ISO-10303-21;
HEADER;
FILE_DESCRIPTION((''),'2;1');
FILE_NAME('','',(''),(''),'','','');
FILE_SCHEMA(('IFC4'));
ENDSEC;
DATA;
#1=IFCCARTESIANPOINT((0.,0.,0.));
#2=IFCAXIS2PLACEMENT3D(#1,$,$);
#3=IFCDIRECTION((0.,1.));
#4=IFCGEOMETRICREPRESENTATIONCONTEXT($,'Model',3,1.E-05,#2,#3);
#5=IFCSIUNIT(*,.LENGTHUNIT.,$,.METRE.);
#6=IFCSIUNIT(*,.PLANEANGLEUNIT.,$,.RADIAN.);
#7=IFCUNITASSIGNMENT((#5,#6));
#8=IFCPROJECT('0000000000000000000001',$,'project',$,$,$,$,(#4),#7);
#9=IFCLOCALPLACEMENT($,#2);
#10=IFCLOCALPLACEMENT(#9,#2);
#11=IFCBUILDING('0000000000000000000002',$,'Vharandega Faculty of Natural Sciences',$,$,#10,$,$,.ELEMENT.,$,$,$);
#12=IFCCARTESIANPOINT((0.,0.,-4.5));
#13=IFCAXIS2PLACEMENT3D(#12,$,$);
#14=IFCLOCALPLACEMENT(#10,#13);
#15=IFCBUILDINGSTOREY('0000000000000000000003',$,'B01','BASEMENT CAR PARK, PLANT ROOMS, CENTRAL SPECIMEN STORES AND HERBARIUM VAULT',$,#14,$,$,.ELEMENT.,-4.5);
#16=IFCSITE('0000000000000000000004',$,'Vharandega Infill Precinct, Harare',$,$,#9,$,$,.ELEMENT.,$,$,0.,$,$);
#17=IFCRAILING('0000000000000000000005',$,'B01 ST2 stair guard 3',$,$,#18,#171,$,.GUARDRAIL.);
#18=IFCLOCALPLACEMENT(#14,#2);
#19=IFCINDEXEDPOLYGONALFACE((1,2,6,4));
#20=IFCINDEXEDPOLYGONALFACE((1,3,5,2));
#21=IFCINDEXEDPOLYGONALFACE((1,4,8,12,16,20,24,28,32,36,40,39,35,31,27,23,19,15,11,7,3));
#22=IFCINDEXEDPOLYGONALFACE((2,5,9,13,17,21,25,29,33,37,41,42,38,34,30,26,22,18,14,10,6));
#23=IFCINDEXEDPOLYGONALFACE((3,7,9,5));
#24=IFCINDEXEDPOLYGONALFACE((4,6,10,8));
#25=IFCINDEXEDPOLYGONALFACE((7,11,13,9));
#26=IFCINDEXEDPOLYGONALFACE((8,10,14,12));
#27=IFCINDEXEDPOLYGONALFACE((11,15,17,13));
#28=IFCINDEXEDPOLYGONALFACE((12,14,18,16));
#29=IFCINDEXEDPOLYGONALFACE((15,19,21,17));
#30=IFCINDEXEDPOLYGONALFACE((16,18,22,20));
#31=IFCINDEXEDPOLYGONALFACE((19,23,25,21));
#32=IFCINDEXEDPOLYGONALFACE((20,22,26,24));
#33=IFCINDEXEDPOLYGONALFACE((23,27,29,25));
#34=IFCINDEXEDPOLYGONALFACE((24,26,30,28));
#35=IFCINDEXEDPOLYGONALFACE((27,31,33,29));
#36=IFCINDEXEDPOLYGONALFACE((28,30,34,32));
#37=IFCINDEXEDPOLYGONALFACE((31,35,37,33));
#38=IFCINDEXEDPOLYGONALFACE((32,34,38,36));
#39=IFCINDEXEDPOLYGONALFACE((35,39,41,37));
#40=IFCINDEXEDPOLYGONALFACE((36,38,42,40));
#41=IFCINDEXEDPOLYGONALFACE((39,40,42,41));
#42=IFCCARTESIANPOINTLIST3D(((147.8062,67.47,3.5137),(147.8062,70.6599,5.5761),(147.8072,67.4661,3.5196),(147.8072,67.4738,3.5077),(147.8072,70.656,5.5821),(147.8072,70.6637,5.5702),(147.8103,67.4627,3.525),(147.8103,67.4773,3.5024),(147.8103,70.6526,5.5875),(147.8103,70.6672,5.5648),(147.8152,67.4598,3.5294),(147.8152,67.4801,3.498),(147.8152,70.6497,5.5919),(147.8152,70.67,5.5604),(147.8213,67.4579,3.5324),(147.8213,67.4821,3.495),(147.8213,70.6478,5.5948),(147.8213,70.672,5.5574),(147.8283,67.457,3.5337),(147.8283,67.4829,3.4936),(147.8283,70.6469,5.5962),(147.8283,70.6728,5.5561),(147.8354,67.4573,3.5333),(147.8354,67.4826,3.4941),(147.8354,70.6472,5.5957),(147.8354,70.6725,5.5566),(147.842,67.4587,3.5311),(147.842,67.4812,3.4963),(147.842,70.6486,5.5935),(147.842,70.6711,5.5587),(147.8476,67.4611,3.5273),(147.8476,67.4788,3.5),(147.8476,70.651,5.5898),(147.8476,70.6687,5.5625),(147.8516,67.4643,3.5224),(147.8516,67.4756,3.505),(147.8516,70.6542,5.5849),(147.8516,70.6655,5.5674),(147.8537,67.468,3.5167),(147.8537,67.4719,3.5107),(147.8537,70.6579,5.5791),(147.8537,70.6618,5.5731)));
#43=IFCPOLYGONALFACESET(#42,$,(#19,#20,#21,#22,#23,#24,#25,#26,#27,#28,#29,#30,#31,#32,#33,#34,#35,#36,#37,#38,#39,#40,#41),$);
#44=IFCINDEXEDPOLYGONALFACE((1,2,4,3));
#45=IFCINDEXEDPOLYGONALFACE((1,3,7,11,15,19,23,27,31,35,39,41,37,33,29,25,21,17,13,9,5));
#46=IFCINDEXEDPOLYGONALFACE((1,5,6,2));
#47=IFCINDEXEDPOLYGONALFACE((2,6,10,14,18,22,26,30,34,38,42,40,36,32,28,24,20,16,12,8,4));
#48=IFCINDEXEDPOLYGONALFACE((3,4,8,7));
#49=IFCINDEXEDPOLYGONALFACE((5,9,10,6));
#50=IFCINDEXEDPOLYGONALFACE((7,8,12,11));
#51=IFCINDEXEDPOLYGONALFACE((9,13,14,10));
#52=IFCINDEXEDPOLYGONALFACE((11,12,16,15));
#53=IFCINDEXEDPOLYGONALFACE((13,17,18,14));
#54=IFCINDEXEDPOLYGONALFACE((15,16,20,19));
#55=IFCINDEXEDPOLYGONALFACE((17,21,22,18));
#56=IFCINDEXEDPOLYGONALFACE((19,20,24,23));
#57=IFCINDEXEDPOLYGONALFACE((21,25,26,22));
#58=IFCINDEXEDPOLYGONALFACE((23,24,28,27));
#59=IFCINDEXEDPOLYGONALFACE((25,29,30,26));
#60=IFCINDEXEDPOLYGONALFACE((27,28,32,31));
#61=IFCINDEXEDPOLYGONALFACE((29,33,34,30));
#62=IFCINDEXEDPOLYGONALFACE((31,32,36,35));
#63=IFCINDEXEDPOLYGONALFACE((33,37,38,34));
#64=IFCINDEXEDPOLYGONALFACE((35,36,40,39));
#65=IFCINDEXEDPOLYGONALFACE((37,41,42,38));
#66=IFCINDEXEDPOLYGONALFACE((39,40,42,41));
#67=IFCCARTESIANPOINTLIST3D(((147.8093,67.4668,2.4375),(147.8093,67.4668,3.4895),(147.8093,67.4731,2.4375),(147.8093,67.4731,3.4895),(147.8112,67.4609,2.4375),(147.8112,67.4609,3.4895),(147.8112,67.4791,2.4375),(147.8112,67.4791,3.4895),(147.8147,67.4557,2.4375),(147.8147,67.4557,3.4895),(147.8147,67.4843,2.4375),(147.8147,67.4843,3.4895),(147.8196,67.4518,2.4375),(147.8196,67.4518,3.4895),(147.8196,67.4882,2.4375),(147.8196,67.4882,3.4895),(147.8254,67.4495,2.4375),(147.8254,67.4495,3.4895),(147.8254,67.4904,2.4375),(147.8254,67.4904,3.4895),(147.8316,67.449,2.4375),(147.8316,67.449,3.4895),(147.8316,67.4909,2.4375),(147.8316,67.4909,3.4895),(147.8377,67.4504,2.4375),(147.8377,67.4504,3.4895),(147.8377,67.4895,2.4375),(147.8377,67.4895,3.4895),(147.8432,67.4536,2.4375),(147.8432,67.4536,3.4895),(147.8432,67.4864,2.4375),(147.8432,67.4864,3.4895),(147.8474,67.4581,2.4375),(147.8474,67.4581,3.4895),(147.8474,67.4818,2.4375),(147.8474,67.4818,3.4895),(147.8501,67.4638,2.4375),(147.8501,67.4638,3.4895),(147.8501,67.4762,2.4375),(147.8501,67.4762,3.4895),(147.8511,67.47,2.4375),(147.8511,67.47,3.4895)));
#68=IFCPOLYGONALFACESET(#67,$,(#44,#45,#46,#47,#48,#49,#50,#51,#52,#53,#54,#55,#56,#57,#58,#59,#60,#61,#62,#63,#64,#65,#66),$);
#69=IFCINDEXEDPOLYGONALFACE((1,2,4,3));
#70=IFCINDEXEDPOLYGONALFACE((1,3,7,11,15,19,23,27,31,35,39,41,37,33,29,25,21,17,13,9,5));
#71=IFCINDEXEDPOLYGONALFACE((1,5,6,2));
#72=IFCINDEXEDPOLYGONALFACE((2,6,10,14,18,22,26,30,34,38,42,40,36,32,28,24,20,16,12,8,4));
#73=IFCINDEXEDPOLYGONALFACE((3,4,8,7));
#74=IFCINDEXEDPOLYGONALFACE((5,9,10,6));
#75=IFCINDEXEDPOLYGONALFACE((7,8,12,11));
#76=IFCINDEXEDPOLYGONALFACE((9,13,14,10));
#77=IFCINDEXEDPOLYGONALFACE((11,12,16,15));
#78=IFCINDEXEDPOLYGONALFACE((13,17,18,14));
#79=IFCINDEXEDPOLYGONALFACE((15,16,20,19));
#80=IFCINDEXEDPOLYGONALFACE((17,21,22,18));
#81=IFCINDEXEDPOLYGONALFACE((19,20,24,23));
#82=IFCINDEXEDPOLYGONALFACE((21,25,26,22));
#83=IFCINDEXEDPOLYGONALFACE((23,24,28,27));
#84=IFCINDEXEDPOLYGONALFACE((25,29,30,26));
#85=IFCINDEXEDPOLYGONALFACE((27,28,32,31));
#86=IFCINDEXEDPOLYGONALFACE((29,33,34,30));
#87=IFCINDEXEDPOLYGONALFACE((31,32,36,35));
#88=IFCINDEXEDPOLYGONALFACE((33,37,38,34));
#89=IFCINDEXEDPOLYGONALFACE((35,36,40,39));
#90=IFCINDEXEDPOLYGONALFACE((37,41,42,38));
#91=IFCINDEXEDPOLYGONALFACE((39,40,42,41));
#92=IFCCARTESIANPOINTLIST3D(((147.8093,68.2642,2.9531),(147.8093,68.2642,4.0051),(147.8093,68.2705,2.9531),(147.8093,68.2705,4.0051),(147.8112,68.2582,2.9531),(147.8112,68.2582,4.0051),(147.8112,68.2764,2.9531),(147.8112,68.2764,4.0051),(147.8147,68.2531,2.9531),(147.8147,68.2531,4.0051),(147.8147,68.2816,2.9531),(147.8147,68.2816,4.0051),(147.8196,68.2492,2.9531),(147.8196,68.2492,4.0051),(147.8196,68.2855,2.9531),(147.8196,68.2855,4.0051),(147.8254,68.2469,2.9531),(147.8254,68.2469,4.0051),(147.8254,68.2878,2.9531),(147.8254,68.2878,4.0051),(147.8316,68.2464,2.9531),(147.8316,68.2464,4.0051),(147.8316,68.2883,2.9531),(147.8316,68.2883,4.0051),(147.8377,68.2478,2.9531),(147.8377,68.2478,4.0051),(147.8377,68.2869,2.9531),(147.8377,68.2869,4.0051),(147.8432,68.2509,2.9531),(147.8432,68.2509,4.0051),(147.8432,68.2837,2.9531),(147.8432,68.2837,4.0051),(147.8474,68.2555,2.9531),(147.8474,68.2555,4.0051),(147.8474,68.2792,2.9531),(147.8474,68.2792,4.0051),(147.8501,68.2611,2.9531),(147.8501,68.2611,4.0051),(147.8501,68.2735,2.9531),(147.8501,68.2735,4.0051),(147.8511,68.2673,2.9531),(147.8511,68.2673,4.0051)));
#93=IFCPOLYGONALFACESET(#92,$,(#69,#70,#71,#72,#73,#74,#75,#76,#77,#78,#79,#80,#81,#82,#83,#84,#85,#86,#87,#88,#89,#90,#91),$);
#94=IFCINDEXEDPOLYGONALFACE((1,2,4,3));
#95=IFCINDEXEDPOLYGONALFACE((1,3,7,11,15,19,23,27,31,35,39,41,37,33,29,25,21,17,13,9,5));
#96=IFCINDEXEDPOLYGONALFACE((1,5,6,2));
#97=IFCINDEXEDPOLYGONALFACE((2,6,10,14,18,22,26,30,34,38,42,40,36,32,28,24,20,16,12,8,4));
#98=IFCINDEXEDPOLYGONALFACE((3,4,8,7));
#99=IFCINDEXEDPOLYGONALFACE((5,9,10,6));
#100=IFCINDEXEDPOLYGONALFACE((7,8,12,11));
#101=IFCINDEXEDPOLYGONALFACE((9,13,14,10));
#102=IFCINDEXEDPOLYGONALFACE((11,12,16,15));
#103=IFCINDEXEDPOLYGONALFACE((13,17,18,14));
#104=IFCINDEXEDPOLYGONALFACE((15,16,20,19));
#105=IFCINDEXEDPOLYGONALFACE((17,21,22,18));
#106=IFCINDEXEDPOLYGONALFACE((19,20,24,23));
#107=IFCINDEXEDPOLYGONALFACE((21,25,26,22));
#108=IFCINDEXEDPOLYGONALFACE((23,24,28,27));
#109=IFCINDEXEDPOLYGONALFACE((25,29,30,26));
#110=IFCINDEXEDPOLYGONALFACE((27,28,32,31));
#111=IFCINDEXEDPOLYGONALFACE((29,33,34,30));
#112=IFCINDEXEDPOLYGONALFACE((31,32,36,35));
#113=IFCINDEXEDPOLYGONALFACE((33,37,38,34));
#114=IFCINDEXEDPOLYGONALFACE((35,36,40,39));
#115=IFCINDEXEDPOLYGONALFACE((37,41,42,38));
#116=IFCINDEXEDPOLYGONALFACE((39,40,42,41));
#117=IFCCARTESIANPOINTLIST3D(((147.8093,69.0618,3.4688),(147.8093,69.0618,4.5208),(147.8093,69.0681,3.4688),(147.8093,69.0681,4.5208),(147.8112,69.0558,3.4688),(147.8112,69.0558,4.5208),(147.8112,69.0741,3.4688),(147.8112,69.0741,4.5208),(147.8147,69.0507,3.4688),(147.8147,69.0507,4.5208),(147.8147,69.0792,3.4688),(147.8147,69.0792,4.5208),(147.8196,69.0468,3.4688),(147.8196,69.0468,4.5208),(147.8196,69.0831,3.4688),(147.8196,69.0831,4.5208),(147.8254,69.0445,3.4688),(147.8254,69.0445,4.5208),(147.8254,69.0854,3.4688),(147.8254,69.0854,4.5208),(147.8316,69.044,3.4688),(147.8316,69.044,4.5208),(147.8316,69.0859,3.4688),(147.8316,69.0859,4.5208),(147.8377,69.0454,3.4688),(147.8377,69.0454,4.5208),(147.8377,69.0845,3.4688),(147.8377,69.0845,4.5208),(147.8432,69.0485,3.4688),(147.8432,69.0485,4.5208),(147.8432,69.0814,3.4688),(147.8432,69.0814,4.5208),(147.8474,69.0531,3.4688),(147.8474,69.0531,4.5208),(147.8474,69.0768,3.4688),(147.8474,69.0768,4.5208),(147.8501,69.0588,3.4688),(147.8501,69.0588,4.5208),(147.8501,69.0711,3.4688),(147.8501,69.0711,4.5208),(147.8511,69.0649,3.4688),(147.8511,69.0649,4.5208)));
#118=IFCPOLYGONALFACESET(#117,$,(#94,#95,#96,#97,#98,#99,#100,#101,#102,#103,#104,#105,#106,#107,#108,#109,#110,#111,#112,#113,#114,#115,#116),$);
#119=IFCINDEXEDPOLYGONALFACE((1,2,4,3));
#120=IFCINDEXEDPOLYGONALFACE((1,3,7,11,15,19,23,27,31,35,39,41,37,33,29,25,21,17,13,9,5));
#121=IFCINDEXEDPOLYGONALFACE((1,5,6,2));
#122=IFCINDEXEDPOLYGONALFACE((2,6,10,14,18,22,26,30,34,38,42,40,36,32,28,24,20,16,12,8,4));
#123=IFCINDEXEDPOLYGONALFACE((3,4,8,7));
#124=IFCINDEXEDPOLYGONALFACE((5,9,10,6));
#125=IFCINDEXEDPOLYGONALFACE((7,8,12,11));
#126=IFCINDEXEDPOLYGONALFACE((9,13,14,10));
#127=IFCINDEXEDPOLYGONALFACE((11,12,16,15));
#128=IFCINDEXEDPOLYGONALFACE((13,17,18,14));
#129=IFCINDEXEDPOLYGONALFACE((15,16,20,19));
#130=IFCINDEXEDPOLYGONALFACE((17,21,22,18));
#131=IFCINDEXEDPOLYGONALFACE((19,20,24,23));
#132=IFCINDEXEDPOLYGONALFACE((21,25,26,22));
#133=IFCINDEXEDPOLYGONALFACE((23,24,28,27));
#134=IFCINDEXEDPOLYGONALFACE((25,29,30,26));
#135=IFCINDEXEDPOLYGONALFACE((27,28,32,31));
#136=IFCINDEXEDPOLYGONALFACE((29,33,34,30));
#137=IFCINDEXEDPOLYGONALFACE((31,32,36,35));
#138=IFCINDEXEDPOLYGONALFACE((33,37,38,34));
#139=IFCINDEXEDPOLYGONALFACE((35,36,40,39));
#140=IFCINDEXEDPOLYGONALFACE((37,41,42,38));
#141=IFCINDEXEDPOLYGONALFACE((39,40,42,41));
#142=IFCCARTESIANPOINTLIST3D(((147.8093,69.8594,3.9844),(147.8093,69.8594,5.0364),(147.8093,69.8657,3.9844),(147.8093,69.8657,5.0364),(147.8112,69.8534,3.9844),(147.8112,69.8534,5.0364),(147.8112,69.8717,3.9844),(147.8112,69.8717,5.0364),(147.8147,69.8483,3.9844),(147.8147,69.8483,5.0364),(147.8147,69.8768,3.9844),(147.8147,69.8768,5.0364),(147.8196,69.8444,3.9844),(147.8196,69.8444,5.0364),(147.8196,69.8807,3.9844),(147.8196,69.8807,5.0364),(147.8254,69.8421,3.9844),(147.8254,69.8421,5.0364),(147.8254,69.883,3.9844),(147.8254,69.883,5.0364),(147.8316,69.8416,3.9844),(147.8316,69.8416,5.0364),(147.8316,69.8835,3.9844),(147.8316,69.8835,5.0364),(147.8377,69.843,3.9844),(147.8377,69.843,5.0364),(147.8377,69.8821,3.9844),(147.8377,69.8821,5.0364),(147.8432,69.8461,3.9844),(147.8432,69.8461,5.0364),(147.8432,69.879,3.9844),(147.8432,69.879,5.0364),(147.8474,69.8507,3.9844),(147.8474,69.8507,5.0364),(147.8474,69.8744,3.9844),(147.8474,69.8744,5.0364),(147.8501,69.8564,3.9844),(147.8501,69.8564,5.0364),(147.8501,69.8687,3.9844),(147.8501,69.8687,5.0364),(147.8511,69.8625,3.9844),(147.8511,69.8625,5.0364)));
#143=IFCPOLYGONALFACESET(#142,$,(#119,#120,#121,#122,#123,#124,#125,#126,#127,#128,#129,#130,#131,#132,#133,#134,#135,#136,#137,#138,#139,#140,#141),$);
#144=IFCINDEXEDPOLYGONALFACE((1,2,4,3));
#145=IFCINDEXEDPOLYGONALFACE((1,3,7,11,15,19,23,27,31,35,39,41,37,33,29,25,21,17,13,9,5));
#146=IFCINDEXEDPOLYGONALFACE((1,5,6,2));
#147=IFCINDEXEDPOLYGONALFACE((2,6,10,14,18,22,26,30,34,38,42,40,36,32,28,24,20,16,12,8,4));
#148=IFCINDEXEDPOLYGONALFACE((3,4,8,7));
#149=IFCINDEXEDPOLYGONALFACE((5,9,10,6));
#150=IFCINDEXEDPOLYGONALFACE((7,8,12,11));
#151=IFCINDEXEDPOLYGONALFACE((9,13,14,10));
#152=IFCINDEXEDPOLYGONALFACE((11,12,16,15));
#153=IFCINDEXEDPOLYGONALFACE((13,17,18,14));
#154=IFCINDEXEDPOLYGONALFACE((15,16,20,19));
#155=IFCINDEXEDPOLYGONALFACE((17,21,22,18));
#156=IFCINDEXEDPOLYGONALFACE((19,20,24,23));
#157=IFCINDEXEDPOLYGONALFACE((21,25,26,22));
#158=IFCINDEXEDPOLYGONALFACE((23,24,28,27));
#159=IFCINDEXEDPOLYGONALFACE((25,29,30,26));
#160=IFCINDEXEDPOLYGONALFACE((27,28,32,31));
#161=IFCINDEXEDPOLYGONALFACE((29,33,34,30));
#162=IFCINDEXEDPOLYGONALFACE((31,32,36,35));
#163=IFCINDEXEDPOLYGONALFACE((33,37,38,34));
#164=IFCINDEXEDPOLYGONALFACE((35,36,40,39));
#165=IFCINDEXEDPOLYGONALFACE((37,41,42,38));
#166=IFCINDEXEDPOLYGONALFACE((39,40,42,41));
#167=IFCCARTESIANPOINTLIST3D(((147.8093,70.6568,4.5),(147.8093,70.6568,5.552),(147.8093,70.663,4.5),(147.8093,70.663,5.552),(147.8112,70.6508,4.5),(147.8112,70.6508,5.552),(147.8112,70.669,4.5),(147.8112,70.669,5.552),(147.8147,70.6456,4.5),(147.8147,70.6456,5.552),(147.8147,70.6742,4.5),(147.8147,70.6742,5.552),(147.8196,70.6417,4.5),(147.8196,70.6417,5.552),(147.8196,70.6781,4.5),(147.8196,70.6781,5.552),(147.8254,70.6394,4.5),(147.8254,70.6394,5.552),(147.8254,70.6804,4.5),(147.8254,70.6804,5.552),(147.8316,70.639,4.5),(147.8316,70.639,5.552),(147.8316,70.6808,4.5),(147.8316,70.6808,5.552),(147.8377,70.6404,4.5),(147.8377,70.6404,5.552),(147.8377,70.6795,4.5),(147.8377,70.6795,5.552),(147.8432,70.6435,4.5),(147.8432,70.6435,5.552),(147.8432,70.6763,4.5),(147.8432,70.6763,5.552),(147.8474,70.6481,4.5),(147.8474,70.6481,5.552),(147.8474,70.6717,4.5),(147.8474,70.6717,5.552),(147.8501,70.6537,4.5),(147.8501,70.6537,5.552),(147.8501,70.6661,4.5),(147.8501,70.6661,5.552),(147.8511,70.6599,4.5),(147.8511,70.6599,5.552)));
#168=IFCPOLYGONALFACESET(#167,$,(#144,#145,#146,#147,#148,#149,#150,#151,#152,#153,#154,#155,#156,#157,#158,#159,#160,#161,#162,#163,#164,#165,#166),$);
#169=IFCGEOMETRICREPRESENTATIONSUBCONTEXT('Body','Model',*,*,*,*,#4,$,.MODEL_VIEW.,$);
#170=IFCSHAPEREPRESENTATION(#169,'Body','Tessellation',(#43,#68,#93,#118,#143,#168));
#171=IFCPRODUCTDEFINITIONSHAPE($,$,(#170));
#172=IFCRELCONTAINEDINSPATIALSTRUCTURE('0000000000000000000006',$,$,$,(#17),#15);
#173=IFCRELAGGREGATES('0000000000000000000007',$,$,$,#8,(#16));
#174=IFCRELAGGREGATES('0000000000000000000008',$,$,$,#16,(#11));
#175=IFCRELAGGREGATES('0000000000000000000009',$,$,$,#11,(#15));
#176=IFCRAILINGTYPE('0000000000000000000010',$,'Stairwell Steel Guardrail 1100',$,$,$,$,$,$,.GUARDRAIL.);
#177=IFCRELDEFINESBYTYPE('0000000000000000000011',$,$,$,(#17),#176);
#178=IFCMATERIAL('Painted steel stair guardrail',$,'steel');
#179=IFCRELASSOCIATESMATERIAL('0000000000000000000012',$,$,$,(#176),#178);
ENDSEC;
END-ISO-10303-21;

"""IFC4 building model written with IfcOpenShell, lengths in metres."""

from ifc_helpers import new_model, si_unit, direction, frame, origin, origin_2d, place, context, subcontext, project, spatial, circle, extrude, material, type_object, element, save


model = new_model("IFC4")

# Units and contexts
model_context = context("Model", 3, precision=1e-05, world=origin(), true_north=direction((0.0, 1.0)))
body_context = subcontext(model_context, "Body", "Model", "MODEL_VIEW")
ifc_project = project(units=[si_unit("LENGTHUNIT", "METRE"), si_unit("PLANEANGLEUNIT", "RADIAN")], contexts=[model_context])

# Site, building, storey
site_placement = place(None, origin())
site = spatial("IfcSite", under=ifc_project, at=site_placement, Name="Vharandega Infill Precinct, Harare", CompositionType="ELEMENT", RefElevation=0.0)
building_placement = place(site_placement, origin())
building = spatial("IfcBuilding", under=site, at=building_placement, Name="Vharandega Faculty of Natural Sciences", CompositionType="ELEMENT")
storey_placement = place(building_placement, frame((0.0, 0.0, -4.5)))
storey = spatial("IfcBuildingStorey", under=building, at=storey_placement, Name="B01", Description="BASEMENT CAR PARK, PLANT ROOMS, CENTRAL SPECIMEN STORES AND HERBARIUM VAULT", CompositionType="ELEMENT", Elevation=-4.5)

# Railing
ifc_material_1 = material(Name="Painted steel stair guardrail", Category="steel")
railing_type_1 = type_object("IfcRailingType", Name="Stairwell Steel Guardrail 1100", PredefinedType="GUARDRAIL", material=ifc_material_1)
railing_1_placement = place(storey_placement, frame((147.8301, 67.47, 2.4375)))
element("IfcRailing", 1, at=railing_1_placement, inside=storey, type_object=railing_type_1, Name="B01 ST2 stair guard 3", PredefinedType="GUARDRAIL", context=body_context, shape_type="SweptSolid", body=[
    extrude(circle(Radius=0.0239, at=origin_2d()), frame((0.0, 0.0, 1.0762), z_axis=(0.0, 0.83976, 0.542958), x_axis=(-1.0, 0.0, 0.0)), (0.0, 0.0, 1.0), 3.7986),
    extrude(circle(Radius=0.021, at=origin_2d()), origin(), (0.0, 0.0, 1.0), 1.052),
    extrude(circle(Radius=0.021, at=origin_2d()), frame((0.0, 0.7974, 0.5156)), (0.0, 0.0, 1.0), 1.052),
    extrude(circle(Radius=0.021, at=origin_2d()), frame((0.0, 1.595, 1.0312)), (0.0, 0.0, 1.0), 1.052),
    extrude(circle(Radius=0.021, at=origin_2d()), frame((0.0, 2.3926, 1.5469)), (0.0, 0.0, 1.0), 1.052),
    extrude(circle(Radius=0.021, at=origin_2d()), frame((0.0, 3.1899, 2.0625)), (0.0, 0.0, 1.0), 1.052),
])

save(model, "model.ifc")
